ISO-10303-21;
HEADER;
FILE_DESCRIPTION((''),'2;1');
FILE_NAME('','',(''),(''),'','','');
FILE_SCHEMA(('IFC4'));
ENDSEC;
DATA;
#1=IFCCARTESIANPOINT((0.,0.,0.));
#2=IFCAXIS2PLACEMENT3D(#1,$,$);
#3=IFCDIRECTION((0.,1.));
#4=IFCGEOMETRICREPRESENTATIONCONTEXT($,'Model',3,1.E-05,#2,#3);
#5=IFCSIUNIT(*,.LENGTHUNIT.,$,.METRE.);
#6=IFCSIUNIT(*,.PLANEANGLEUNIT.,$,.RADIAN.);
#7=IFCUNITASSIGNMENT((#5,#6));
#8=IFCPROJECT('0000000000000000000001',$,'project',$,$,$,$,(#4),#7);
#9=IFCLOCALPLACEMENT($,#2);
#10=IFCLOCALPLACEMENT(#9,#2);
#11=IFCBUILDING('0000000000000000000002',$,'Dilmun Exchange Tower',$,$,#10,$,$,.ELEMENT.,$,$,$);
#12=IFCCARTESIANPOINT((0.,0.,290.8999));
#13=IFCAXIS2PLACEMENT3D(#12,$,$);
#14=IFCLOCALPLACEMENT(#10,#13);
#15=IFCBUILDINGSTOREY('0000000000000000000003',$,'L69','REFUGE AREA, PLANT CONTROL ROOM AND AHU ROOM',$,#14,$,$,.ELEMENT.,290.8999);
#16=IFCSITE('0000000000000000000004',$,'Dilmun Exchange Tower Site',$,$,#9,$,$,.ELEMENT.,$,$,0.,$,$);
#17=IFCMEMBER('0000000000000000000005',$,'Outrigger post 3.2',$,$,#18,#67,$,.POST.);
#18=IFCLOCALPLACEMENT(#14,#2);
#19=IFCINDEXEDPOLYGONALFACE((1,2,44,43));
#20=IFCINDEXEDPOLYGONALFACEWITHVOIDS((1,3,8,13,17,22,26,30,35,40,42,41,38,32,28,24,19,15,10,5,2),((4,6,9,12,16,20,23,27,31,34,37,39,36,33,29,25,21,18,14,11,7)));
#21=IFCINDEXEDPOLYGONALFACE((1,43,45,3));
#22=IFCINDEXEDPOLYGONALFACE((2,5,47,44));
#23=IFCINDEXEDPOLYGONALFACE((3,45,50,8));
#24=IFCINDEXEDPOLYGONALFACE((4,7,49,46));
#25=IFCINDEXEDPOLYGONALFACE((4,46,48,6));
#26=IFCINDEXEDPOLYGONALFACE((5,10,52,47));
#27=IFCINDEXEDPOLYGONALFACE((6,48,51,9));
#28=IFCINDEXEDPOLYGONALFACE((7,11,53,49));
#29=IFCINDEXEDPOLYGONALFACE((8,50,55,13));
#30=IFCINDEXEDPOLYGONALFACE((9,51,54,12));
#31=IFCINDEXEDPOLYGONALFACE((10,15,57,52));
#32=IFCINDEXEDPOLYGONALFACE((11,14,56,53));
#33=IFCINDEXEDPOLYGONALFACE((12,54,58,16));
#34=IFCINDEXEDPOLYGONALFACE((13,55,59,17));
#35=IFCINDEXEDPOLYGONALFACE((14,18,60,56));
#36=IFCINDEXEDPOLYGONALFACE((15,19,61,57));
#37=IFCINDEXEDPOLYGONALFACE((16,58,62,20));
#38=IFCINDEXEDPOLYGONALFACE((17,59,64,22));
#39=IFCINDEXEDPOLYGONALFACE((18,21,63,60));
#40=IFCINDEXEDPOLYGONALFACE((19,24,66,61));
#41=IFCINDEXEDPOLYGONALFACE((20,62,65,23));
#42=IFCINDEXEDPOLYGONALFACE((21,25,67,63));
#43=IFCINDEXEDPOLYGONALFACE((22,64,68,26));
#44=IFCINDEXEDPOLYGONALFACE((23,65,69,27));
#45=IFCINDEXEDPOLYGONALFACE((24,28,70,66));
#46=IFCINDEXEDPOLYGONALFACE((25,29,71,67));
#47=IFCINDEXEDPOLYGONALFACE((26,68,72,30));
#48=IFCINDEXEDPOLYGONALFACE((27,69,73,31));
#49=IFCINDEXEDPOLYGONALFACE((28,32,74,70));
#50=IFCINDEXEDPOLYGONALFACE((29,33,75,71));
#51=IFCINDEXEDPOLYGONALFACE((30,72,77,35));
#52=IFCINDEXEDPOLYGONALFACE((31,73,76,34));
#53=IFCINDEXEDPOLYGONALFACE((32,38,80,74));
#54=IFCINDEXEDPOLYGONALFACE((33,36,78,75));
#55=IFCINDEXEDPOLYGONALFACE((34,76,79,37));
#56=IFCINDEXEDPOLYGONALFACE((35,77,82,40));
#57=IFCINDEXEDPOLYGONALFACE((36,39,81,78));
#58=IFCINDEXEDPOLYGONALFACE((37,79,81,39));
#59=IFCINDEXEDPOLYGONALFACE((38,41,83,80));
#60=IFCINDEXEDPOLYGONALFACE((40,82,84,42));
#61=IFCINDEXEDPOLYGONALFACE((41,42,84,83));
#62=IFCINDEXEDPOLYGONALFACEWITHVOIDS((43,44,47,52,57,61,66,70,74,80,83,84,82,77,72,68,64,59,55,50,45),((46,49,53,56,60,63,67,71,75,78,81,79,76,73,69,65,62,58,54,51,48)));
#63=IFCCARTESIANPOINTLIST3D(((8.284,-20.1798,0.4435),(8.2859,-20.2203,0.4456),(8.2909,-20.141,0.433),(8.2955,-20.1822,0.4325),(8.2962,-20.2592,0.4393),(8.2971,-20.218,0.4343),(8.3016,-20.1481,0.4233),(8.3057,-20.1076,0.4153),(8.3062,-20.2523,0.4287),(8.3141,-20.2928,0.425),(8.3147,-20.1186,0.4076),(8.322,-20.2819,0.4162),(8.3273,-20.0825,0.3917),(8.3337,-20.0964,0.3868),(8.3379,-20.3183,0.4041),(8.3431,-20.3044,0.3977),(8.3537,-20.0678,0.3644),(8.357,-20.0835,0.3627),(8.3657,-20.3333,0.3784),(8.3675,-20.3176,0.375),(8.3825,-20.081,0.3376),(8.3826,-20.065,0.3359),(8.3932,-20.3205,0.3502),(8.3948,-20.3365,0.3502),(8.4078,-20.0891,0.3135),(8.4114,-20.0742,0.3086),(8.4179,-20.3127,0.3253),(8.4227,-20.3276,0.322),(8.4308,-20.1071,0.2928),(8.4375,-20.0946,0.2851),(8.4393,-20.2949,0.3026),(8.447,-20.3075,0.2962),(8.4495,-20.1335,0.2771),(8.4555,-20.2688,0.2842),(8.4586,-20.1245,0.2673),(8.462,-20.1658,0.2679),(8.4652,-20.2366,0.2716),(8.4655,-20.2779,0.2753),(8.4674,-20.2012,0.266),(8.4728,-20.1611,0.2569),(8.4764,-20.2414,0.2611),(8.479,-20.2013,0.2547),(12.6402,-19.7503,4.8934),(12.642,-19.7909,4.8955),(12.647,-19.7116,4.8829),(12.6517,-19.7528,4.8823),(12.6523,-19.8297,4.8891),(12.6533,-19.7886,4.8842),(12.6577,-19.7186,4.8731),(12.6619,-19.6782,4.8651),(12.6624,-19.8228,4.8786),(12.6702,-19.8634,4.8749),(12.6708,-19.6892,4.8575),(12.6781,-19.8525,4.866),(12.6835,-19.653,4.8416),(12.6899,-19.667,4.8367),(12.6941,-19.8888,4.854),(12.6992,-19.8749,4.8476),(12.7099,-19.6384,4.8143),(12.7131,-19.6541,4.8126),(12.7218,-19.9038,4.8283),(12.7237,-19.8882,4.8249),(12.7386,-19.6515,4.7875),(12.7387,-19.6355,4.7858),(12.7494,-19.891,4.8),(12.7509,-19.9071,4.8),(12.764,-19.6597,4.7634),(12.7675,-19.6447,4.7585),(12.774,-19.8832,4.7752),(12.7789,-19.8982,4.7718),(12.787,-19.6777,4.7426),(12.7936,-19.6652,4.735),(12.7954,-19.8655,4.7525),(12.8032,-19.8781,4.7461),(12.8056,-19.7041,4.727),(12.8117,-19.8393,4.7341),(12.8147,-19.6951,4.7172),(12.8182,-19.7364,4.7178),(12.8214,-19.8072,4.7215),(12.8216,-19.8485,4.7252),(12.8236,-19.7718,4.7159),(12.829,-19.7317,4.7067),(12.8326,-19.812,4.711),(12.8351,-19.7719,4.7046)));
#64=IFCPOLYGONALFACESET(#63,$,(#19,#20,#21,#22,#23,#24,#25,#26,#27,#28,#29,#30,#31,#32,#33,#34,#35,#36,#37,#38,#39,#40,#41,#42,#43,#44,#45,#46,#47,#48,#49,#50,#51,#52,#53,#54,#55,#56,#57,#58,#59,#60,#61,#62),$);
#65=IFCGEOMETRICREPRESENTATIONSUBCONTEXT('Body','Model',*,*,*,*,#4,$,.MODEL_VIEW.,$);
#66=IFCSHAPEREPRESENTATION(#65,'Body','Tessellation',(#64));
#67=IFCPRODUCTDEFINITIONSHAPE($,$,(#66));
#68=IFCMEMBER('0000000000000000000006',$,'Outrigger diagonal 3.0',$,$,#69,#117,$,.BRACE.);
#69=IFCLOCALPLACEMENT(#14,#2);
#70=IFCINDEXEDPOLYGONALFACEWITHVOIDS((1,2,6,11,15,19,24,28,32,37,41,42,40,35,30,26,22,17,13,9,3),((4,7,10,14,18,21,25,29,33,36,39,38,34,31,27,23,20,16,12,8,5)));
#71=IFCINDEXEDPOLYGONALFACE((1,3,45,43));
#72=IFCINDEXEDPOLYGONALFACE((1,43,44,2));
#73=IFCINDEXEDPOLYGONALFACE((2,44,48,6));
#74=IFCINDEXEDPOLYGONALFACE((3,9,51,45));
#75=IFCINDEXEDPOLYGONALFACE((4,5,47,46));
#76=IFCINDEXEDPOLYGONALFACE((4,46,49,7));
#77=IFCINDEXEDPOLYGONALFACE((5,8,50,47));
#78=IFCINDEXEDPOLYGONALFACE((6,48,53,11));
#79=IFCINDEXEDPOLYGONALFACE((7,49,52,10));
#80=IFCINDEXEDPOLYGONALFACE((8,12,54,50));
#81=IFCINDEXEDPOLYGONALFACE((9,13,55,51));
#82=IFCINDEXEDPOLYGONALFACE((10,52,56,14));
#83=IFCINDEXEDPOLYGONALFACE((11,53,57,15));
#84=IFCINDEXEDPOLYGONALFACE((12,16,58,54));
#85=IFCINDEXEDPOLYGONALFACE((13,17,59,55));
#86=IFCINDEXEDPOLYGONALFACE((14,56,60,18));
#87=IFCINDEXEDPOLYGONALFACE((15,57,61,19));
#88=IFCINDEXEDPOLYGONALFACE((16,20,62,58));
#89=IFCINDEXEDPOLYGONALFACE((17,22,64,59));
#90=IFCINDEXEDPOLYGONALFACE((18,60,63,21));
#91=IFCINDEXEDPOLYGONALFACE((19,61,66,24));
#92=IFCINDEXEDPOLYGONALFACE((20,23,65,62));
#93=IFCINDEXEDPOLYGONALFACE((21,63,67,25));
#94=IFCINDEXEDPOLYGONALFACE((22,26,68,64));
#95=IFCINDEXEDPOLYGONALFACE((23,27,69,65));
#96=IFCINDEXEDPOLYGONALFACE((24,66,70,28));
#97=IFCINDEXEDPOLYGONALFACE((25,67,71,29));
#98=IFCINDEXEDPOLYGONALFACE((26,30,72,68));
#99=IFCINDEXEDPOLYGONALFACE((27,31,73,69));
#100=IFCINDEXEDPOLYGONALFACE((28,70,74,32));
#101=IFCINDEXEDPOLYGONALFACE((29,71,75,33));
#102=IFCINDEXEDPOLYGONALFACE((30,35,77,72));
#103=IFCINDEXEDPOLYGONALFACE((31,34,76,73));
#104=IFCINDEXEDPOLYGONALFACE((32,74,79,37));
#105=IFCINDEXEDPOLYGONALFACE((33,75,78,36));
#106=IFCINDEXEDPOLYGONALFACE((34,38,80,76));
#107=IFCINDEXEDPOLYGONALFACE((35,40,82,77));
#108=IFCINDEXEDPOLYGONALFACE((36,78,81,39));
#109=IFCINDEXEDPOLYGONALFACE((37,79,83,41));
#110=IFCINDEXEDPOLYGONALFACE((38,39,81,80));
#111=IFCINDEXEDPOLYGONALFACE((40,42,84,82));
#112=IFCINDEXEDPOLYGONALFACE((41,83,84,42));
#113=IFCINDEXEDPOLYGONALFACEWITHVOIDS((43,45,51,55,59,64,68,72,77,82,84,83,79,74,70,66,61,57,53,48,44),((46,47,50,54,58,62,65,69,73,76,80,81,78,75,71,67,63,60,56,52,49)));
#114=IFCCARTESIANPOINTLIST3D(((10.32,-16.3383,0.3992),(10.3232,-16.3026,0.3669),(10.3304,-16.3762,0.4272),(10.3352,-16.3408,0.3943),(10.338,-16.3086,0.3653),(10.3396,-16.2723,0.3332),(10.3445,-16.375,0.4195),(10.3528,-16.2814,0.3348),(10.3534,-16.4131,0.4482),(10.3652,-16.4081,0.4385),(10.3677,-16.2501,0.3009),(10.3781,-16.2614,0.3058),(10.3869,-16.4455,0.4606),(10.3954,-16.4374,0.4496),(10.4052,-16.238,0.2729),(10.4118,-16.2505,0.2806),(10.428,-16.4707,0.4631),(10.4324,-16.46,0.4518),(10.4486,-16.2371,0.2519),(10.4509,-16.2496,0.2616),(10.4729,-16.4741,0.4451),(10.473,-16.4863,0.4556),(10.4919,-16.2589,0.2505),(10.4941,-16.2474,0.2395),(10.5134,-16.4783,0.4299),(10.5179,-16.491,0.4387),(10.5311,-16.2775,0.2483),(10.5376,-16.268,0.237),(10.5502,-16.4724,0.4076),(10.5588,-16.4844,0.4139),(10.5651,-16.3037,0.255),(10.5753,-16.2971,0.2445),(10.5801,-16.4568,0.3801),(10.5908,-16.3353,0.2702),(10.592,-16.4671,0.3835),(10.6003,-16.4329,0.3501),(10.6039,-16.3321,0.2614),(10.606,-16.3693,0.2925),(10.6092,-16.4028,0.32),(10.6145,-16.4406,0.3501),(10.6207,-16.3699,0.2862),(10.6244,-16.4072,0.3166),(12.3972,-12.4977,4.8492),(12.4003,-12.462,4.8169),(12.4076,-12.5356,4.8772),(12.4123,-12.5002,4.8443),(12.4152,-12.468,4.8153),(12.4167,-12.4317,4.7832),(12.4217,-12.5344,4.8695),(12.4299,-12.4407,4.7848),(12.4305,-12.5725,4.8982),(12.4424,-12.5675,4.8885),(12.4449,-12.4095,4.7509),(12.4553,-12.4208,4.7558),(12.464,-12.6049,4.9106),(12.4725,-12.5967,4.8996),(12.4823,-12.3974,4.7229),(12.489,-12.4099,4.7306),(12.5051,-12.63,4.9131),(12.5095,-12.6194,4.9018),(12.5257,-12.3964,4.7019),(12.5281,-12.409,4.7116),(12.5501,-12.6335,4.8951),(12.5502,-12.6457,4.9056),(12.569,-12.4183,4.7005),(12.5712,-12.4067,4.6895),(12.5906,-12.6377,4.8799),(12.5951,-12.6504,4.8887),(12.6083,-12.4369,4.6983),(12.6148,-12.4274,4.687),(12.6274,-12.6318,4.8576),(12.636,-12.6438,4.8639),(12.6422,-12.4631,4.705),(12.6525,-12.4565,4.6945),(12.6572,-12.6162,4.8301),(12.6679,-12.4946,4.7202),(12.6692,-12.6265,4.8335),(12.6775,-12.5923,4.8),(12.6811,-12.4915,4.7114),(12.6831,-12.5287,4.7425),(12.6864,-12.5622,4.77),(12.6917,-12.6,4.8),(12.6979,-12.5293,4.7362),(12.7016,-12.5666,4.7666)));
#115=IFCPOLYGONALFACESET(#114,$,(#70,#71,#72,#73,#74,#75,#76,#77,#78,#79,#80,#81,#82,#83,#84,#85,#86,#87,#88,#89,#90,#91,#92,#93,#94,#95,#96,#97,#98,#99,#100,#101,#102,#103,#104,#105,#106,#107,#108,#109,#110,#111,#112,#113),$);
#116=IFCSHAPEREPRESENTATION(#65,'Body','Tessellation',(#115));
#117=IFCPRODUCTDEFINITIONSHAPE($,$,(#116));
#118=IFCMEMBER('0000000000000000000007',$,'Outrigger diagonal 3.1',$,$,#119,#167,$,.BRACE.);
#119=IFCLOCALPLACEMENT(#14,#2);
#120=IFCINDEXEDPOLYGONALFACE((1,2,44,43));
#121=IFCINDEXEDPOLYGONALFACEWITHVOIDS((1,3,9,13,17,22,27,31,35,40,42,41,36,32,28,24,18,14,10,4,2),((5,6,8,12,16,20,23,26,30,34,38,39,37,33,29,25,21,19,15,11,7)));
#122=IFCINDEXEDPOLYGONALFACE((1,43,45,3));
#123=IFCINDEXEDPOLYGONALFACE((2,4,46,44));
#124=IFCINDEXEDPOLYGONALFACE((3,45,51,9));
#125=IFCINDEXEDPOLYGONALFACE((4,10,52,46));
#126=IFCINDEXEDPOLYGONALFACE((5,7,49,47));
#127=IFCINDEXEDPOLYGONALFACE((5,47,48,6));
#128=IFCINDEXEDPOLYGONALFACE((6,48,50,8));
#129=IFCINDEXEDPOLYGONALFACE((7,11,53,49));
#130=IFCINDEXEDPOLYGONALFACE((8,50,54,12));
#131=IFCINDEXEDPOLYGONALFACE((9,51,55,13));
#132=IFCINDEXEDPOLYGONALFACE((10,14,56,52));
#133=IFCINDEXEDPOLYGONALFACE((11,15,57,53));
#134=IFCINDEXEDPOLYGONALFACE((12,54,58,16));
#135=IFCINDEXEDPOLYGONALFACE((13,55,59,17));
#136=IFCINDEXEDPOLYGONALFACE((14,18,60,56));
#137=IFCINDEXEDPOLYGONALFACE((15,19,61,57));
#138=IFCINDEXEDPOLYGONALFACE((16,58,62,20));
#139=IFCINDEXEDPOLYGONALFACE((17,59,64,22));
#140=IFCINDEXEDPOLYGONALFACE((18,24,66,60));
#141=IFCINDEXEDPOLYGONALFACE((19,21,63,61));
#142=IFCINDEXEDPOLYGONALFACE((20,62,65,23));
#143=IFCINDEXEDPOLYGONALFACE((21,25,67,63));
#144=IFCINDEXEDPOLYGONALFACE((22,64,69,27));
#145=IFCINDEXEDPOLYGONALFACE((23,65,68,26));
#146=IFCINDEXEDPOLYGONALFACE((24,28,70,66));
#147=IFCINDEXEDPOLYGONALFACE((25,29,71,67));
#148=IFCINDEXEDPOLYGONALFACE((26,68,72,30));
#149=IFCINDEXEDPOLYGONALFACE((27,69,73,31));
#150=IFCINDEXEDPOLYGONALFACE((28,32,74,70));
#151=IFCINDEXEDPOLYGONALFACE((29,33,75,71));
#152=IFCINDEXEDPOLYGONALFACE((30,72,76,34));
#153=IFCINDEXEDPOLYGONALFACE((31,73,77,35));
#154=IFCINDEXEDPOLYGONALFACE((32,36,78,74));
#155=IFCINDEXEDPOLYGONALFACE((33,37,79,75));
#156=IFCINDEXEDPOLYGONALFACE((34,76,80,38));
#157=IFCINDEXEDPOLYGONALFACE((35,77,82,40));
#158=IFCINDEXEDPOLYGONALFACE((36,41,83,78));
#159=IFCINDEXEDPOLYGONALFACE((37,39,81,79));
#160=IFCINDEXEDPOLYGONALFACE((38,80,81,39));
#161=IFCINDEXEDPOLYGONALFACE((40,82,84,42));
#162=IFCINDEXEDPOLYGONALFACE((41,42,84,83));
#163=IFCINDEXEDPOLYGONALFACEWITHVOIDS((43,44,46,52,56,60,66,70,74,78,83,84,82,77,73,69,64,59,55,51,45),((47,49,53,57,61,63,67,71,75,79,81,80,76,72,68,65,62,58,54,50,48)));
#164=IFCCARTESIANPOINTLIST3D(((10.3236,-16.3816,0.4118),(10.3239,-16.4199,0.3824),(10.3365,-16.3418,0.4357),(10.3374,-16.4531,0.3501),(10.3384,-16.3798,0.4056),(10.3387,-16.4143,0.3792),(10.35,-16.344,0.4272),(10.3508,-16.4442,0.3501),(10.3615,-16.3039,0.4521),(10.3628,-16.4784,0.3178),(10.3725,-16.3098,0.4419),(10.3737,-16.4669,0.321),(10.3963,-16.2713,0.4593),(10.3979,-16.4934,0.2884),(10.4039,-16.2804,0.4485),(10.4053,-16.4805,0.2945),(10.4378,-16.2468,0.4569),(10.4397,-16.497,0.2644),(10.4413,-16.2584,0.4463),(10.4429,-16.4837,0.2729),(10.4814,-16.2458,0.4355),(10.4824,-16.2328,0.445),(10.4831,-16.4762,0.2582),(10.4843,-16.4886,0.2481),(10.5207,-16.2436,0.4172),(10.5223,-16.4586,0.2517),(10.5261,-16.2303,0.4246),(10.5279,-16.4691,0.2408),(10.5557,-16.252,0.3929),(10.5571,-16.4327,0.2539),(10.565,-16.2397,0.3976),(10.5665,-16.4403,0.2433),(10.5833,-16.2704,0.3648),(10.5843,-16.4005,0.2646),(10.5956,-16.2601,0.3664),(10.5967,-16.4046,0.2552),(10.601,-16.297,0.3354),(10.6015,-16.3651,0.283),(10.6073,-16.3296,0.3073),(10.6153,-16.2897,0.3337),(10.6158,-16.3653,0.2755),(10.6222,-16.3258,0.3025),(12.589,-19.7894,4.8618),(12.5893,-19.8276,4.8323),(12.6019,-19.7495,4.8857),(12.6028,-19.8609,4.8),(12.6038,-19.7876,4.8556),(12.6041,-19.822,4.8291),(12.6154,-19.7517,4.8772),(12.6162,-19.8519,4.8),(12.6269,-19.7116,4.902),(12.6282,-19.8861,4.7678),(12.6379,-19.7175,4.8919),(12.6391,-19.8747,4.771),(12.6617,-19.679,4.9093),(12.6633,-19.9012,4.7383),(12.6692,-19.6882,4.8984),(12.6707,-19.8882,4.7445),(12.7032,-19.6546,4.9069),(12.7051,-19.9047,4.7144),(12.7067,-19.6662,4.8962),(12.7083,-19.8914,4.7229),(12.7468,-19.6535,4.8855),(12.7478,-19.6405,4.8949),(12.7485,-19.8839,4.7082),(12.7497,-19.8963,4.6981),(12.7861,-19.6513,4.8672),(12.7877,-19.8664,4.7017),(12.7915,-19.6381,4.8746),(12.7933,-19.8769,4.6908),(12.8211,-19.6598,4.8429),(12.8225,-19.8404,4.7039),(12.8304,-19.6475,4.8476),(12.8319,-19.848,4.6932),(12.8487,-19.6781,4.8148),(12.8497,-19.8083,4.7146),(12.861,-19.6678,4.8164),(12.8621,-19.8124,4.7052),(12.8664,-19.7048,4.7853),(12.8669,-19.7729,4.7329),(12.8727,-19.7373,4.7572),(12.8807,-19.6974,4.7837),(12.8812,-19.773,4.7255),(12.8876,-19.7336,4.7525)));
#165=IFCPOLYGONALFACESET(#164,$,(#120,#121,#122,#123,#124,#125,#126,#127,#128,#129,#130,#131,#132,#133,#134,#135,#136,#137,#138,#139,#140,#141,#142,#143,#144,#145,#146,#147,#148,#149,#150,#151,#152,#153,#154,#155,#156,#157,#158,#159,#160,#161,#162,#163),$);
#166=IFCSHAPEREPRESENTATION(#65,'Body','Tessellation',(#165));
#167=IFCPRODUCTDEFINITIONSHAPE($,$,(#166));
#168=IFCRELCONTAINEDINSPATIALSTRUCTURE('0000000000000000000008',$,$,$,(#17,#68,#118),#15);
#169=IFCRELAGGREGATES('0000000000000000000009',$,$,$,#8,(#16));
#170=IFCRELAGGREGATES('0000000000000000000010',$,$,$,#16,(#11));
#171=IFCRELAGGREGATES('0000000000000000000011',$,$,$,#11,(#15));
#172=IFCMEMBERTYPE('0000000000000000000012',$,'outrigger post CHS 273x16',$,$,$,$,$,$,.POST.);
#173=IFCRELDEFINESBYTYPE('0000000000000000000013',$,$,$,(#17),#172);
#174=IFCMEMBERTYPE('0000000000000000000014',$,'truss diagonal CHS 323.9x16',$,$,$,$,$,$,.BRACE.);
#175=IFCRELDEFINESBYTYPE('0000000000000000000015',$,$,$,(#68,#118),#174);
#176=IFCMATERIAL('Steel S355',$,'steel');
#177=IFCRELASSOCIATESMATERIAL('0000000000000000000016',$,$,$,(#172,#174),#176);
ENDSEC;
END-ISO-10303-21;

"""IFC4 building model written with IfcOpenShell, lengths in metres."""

from ifc_helpers import new_model, si_unit, direction, frame, origin, origin_2d, place, context, subcontext, project, spatial, hollow_circle, extrude, material, material_profile, profile_set, type_object, element, save


model = new_model("IFC4")

# Units and contexts
model_context = context("Model", 3, precision=1e-05, world=origin(), true_north=direction((0.0, 1.0)))
body_context = subcontext(model_context, "Body", "Model", "MODEL_VIEW")
ifc_project = project(units=[si_unit("LENGTHUNIT", "METRE"), si_unit("PLANEANGLEUNIT", "RADIAN")], contexts=[model_context])

# Site, building, storey
site_placement = place(None, origin())
site = spatial("IfcSite", under=ifc_project, at=site_placement, Name="Dilmun Exchange Tower Site", CompositionType="ELEMENT", RefElevation=0.0)
building_placement = place(site_placement, origin())
building = spatial("IfcBuilding", under=site, at=building_placement, Name="Dilmun Exchange Tower", CompositionType="ELEMENT")
storey_placement = place(building_placement, frame((0.0, 0.0, 290.8999)))
storey = spatial("IfcBuildingStorey", under=building, at=storey_placement, Name="L69", Description="REFUGE AREA, PLANT CONTROL ROOM AND AHU ROOM", CompositionType="ELEMENT", Elevation=290.8999)

# Shared definitions
ifc_material_1 = material(Name="Steel S355", Category="steel")

# Members
ifc_material_profile_1 = material_profile(ifc_material_1, hollow_circle(Radius=0.1365, WallThickness=0.0161, at=origin_2d()), Name="CHS 273x16")
ifc_profile_set_1 = profile_set([ifc_material_profile_1], Name="Steel S355")
member_type_1 = type_object("IfcMemberType", Name="outrigger post CHS 273x16", PredefinedType="POST", material=ifc_profile_set_1)
member_1_placement = place(storey_placement, frame((12.7375, -19.7712, 4.8), z_axis=(-0.697882, -0.068799, -0.712901), x_axis=(0.098107, -0.995176, 0.0)))
element("IfcMember", 1, at=member_1_placement, inside=storey, type_object=member_type_1, Name="Outrigger post 3.2", PredefinedType="POST", context=body_context, shape_type="SweptSolid", body=[
    extrude(hollow_circle(Radius=0.1365, WallThickness=0.0161, at=origin_2d()), origin(), (0.0, 0.0, 1.0), 6.2419),
])
ifc_material_profile_2 = material_profile(ifc_material_1, hollow_circle(Radius=0.1619, WallThickness=0.0161, at=origin_2d()), Name="CHS 323.9x16")
ifc_profile_set_2 = profile_set([ifc_material_profile_2], Name="Steel S355")
member_type_2 = type_object("IfcMemberType", Name="truss diagonal CHS 323.9x16", PredefinedType="BRACE", material=ifc_profile_set_2)
member_2_placement = place(storey_placement, frame((12.5493, -12.5229, 4.8), z_axis=(-0.33318, -0.616039, -0.713784), x_axis=(0.879595, -0.475723, 0.0)))
element("IfcMember", 2, at=member_2_placement, inside=storey, type_object=member_type_2, Name="Outrigger diagonal 3.0", PredefinedType="BRACE", context=body_context, shape_type="SweptSolid", body=[
    extrude(hollow_circle(Radius=0.1619, WallThickness=0.0161, at=origin_2d()), origin(), (0.0, 0.0, 1.0), 6.2344),
])
member_3_placement = place(storey_placement, frame((12.7375, -19.7712, 4.8), z_axis=(-0.37473, 0.56369, -0.736092), x_axis=(-0.832775, -0.553612, 0.0)))
element("IfcMember", 3, at=member_3_placement, inside=storey, type_object=member_type_2, Name="Outrigger diagonal 3.1", PredefinedType="BRACE", context=body_context, shape_type="SweptSolid", body=[
    extrude(hollow_circle(Radius=0.1619, WallThickness=0.0161, at=origin_2d()), origin(), (0.0, 0.0, 1.0), 6.0454),
])

save(model, "model.ifc")
